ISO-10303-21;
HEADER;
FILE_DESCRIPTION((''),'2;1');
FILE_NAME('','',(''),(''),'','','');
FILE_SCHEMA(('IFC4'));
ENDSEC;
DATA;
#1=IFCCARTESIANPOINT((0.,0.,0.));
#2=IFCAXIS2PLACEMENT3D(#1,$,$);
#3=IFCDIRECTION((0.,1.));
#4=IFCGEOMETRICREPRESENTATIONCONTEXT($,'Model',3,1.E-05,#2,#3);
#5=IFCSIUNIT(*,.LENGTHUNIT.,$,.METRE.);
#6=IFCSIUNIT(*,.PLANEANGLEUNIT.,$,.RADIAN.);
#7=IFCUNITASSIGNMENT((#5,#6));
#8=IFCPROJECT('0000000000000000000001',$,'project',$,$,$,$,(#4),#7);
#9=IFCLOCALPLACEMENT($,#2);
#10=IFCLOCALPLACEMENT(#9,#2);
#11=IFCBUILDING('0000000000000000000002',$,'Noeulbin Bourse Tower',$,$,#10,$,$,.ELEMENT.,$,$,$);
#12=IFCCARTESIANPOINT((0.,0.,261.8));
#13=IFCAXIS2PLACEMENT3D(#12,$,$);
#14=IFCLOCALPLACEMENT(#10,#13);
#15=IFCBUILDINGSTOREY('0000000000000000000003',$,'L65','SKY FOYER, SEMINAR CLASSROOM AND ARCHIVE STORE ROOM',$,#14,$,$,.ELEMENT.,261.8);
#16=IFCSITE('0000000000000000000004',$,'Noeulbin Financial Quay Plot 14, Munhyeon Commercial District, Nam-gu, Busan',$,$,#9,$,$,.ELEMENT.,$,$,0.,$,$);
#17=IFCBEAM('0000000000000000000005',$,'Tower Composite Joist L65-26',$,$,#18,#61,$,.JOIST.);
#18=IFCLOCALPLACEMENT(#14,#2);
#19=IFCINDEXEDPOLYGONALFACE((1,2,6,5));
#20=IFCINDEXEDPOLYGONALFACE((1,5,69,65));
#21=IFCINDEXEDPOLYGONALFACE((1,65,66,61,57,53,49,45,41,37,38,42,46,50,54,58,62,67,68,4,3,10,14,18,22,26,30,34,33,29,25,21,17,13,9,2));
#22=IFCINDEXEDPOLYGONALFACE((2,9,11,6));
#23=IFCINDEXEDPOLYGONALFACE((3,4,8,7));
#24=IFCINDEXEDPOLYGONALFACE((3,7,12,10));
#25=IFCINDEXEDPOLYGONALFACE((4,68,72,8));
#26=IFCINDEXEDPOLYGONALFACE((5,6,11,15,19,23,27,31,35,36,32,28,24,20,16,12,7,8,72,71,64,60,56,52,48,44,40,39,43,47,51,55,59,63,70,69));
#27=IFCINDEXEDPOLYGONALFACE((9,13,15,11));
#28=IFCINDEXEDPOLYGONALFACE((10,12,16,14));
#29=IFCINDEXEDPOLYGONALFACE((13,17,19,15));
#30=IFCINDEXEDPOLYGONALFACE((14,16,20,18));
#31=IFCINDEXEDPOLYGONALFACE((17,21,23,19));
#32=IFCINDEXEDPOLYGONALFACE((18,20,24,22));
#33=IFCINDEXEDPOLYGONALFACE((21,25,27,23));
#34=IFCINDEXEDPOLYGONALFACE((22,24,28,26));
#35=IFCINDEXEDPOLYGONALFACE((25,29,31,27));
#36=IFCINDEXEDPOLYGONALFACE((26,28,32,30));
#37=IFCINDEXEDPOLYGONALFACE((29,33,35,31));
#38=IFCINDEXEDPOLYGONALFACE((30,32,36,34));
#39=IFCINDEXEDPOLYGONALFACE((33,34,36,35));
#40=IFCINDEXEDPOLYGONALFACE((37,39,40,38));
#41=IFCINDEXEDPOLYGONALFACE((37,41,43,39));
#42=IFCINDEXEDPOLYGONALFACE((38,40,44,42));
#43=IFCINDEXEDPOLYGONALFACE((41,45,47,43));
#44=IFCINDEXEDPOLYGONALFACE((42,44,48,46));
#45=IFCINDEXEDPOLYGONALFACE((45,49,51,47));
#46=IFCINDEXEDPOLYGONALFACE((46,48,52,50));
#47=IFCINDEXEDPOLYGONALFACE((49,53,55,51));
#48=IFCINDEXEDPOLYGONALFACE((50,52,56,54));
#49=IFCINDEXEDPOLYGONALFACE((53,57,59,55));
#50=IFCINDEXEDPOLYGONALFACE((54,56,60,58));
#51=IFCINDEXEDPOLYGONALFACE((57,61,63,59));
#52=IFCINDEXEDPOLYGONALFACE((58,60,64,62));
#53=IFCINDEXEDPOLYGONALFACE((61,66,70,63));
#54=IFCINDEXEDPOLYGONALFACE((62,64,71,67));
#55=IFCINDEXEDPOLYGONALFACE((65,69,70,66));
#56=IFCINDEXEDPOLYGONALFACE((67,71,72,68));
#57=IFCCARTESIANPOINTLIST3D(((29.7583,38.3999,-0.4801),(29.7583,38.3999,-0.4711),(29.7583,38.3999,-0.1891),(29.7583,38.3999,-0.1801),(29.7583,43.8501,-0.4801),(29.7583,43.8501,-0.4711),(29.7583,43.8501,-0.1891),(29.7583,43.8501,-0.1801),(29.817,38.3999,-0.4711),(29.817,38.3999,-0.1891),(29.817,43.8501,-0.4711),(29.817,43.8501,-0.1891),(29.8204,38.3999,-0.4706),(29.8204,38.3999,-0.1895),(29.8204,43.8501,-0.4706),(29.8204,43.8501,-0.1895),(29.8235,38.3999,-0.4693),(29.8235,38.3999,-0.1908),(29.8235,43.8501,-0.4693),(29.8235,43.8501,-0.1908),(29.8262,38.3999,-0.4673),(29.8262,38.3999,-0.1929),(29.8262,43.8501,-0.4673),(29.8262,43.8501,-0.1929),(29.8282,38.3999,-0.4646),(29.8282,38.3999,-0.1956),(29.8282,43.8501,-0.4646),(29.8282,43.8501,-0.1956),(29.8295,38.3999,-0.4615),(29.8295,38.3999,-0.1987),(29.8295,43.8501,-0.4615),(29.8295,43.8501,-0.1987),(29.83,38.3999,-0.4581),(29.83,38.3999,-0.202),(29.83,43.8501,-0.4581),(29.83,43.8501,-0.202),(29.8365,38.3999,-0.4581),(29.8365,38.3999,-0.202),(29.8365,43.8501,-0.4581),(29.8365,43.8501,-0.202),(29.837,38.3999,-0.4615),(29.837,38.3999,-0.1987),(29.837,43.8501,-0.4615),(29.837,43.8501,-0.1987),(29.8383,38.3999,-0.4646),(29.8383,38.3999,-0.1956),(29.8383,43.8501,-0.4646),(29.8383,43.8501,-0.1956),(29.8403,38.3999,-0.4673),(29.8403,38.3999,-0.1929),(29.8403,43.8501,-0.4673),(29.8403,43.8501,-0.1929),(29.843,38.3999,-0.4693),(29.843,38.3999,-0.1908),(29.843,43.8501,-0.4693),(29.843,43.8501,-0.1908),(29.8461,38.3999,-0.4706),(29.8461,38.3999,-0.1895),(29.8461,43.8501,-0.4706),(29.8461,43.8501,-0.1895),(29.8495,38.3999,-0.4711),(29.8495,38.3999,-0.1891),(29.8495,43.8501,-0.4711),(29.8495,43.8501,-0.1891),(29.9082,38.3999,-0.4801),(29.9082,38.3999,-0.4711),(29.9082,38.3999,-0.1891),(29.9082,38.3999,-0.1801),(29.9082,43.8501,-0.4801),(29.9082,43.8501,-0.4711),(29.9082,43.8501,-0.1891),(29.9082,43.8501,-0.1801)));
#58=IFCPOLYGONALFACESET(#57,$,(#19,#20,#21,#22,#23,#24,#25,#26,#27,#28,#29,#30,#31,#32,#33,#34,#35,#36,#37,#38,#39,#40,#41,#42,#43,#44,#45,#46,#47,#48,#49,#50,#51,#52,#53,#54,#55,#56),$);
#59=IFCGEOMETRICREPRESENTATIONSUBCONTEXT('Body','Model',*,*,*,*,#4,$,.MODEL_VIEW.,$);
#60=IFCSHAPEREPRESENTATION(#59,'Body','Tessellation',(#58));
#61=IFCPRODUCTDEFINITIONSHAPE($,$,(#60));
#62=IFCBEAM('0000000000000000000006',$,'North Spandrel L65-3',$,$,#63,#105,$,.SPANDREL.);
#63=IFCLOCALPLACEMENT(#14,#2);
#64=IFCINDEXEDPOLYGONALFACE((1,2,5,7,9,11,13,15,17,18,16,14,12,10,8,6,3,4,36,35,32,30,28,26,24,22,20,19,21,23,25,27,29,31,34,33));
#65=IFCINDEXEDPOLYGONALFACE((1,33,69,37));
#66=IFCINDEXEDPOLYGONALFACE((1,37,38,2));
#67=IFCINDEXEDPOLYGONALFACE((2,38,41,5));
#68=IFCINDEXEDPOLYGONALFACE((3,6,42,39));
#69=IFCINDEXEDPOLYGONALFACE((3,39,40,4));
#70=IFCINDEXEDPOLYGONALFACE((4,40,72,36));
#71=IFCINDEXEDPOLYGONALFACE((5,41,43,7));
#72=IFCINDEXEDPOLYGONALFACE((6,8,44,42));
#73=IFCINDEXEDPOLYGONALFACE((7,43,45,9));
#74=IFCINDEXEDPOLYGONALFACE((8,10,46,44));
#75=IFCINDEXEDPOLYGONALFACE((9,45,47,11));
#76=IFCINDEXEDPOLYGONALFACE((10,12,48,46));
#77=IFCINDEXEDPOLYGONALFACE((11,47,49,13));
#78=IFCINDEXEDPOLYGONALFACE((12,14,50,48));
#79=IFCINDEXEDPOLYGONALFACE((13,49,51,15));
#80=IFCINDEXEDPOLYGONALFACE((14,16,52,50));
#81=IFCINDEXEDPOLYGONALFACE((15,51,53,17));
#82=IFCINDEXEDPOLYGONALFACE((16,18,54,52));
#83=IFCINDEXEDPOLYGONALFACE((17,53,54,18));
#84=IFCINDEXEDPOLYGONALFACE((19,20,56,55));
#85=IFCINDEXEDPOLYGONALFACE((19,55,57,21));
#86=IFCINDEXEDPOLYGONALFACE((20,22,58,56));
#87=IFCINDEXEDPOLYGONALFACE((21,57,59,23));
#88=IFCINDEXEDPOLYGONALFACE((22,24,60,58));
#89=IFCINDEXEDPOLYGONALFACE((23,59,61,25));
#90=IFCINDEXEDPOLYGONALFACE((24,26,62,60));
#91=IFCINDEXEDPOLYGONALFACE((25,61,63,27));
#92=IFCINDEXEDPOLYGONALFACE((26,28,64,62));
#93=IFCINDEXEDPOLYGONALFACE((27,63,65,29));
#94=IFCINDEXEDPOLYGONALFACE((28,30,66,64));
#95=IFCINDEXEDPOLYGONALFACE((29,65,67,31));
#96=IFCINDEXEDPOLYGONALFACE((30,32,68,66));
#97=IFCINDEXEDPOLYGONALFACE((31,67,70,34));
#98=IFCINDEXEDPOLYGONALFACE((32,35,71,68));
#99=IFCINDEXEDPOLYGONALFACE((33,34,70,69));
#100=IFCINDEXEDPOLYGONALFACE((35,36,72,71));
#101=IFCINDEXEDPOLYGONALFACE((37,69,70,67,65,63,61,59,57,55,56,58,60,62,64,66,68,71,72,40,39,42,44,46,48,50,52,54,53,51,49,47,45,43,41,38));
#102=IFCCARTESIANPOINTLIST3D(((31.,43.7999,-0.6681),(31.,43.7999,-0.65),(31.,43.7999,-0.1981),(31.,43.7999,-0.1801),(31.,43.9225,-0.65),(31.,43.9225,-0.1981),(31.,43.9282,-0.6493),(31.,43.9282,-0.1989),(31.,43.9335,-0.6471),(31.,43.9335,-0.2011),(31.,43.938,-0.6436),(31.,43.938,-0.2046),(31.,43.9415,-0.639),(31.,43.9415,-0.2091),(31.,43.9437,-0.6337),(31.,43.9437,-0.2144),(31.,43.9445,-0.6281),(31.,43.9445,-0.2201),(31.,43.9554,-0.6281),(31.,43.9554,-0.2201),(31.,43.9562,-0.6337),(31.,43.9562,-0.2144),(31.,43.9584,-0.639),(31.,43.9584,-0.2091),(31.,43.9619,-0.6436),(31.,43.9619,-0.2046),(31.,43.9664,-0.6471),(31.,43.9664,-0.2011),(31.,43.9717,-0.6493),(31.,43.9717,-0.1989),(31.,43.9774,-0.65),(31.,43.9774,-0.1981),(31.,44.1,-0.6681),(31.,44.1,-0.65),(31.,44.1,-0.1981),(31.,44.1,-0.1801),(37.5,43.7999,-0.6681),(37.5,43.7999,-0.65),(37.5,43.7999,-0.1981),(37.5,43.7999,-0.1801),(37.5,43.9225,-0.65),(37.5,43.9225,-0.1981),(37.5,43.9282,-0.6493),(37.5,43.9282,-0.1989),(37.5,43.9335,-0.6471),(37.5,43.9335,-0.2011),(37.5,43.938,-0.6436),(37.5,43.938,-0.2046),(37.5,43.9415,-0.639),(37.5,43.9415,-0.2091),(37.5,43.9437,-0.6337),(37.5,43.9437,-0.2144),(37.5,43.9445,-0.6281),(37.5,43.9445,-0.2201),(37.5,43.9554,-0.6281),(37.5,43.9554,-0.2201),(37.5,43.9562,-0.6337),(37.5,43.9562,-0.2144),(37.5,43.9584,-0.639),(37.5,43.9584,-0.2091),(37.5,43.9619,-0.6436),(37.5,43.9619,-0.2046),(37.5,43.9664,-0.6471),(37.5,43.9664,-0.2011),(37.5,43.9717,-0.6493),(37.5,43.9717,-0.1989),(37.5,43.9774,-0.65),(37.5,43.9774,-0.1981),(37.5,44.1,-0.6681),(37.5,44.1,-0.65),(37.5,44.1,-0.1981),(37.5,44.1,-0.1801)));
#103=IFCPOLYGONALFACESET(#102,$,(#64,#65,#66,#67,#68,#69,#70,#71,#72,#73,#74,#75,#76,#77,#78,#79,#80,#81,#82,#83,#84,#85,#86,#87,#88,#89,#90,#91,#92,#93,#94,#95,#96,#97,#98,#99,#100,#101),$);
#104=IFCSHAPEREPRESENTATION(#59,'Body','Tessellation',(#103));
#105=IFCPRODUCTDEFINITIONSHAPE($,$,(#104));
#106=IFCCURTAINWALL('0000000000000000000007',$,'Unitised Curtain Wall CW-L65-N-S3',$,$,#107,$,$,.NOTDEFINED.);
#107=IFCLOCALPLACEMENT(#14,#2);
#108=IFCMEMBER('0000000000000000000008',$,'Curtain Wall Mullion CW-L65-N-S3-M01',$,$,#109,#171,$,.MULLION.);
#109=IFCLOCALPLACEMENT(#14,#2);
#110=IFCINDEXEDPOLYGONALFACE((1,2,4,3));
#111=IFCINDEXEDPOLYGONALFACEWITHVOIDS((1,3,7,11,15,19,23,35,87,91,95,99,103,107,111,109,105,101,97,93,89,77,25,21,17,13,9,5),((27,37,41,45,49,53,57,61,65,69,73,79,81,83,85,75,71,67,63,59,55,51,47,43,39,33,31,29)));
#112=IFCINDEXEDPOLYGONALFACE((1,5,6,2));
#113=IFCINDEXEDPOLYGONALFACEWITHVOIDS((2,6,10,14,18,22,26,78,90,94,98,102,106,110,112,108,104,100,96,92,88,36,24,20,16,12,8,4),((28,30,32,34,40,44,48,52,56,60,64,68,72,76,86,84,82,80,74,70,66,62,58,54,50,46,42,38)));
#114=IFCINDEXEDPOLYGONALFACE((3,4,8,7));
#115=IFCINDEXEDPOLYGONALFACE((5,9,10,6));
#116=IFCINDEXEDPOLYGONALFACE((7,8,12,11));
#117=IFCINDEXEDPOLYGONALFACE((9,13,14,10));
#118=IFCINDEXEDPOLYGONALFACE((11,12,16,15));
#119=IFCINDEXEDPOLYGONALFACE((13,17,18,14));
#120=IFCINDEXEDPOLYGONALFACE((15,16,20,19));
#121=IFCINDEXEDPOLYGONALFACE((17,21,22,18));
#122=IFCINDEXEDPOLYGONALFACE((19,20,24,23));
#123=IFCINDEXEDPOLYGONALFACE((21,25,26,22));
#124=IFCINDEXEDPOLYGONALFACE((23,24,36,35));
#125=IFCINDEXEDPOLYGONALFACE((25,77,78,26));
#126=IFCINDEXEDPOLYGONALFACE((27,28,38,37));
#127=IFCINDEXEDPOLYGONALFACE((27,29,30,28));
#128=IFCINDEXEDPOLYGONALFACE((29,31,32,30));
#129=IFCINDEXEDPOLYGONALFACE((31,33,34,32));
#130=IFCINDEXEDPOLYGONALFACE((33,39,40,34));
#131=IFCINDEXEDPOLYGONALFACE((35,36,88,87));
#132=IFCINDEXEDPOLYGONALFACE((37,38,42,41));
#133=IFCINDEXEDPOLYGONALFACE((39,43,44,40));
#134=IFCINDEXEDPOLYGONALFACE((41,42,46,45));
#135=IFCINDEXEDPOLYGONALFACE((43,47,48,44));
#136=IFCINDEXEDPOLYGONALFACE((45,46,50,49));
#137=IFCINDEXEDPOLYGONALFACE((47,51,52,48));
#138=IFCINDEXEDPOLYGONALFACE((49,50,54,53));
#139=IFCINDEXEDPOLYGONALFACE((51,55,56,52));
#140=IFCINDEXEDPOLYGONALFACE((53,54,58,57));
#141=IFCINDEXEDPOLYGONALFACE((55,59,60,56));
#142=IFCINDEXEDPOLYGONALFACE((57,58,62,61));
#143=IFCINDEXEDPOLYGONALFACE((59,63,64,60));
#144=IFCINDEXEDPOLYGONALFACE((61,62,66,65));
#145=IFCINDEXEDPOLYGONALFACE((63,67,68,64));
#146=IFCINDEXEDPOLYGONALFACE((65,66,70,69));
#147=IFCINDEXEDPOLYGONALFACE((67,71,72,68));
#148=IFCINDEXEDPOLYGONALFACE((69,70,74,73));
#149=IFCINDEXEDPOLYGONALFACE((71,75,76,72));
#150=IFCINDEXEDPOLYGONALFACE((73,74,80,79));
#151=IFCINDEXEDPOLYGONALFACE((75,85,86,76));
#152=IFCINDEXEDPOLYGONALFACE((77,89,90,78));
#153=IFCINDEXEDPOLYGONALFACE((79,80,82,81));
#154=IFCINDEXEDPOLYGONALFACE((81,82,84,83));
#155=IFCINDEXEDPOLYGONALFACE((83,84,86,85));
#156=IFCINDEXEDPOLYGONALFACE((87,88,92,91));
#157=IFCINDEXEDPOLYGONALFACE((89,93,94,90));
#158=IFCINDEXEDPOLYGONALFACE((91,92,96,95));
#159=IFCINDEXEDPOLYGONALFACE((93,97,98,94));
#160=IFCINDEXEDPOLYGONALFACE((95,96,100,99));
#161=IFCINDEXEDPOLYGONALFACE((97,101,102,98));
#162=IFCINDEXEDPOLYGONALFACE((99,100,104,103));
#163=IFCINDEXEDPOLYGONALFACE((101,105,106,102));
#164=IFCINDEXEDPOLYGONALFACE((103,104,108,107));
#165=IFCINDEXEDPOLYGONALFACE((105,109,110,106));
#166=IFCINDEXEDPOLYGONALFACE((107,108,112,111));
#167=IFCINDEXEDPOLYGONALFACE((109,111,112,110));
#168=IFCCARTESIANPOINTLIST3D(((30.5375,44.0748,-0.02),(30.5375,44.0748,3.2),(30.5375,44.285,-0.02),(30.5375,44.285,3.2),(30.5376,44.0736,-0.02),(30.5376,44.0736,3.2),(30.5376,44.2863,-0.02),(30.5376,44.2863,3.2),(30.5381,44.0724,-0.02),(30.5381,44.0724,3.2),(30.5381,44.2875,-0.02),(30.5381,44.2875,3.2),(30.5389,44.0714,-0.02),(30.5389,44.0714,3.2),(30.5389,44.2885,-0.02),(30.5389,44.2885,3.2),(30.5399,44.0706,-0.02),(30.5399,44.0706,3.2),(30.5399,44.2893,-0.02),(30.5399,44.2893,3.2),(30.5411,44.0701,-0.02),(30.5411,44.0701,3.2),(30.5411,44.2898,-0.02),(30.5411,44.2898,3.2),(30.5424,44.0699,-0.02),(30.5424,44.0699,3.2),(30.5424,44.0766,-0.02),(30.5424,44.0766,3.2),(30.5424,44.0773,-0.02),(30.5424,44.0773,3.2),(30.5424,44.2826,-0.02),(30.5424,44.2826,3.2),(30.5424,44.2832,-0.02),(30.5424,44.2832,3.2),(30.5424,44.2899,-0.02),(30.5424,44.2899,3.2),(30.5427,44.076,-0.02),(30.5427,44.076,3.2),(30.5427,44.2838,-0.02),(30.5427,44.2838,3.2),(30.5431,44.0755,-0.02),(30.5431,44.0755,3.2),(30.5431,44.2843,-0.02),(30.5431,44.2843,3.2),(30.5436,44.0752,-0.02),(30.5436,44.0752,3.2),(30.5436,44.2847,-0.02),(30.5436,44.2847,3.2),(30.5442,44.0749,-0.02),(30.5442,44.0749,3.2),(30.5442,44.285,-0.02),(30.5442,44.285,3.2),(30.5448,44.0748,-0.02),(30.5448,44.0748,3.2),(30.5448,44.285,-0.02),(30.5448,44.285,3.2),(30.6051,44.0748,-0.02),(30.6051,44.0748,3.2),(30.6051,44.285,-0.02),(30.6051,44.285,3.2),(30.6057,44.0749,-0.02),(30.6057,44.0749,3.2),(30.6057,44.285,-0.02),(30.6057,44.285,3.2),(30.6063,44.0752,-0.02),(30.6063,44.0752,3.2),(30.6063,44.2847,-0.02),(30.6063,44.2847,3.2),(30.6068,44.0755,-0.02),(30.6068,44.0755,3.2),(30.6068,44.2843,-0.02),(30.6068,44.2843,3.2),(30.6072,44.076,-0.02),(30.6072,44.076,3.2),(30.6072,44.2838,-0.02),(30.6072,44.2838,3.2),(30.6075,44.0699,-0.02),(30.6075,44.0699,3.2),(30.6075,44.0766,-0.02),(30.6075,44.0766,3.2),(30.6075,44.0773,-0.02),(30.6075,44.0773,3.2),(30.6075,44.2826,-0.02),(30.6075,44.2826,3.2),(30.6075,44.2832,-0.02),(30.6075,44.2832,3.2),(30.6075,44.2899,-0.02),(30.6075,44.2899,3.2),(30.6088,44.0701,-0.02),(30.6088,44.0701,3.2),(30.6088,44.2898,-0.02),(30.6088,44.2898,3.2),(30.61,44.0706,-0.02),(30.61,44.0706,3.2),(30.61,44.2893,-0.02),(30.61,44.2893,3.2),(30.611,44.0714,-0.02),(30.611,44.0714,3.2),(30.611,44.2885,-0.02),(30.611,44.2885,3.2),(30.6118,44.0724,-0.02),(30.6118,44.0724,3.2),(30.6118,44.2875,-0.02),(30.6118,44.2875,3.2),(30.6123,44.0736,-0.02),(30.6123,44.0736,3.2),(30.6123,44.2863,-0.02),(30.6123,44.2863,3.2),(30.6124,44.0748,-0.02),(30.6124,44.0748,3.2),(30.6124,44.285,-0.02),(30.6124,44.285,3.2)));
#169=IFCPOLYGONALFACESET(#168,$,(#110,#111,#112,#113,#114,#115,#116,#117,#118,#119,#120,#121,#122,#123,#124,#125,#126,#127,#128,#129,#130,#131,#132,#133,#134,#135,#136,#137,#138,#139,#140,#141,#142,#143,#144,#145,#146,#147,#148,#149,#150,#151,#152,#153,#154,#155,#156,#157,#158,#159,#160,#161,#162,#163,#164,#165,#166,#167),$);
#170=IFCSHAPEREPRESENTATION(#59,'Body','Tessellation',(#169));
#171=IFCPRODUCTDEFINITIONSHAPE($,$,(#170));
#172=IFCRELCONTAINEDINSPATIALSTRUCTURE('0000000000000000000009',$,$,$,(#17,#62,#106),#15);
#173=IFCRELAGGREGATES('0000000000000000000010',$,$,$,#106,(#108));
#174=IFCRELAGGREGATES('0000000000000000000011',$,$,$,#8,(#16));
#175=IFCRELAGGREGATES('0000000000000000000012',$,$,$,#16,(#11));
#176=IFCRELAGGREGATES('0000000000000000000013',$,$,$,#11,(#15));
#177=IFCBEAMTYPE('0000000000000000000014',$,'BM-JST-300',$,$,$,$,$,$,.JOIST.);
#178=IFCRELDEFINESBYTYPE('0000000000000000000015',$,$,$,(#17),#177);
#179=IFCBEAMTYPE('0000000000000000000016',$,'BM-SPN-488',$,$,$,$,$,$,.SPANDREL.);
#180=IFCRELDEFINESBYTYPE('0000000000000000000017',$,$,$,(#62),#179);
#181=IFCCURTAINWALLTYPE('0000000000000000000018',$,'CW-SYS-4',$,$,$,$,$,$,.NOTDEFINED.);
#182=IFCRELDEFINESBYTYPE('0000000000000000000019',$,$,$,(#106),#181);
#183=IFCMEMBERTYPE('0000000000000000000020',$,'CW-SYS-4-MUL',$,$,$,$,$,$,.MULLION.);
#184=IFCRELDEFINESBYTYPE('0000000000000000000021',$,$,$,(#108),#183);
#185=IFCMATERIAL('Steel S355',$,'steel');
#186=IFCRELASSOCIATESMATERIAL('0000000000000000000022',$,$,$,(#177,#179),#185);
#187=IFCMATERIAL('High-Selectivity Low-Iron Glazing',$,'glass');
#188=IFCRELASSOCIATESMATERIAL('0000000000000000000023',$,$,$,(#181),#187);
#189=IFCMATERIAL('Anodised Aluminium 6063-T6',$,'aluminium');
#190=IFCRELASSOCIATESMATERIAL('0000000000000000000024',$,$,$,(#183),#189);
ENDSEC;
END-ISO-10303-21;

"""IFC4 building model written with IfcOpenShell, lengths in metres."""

from ifc_helpers import new_model, si_unit, direction, frame, origin, origin_2d, place, context, subcontext, project, spatial, hollow_rectangle, i_section, extrude, material, material_profile, profile_set, type_object, element, aggregate, save


model = new_model("IFC4")

# Units and contexts
model_context = context("Model", 3, precision=1e-05, world=origin(), true_north=direction((0.0, 1.0)))
body_context = subcontext(model_context, "Body", "Model", "MODEL_VIEW")
ifc_project = project(units=[si_unit("LENGTHUNIT", "METRE"), si_unit("PLANEANGLEUNIT", "RADIAN")], contexts=[model_context])

# Site, building, storey
site_placement = place(None, origin())
site = spatial("IfcSite", under=ifc_project, at=site_placement, Name="Noeulbin Financial Quay Plot 14, Munhyeon Commercial District, Nam-gu, Busan", CompositionType="ELEMENT", RefElevation=0.0)
building_placement = place(site_placement, origin())
building = spatial("IfcBuilding", under=site, at=building_placement, Name="Noeulbin Bourse Tower", CompositionType="ELEMENT")
storey_placement = place(building_placement, frame((0.0, 0.0, 261.8)))
storey = spatial("IfcBuildingStorey", under=building, at=storey_placement, Name="L65", Description="SKY FOYER, SEMINAR CLASSROOM AND ARCHIVE STORE ROOM", CompositionType="ELEMENT", Elevation=261.8)

# Shared definitions
ifc_material_1 = material(Name="Steel S355", Category="steel")

# Beams
ifc_material_profile_1 = material_profile(ifc_material_1, i_section(OverallWidth=0.1499, OverallDepth=0.3, WebThickness=0.0066, FlangeThickness=0.009, FilletRadius=0.0129, at=origin_2d()), Name="H-300x150x6.5x9", Category="LoadBearing")
ifc_profile_set_1 = profile_set([ifc_material_profile_1], Name="Steel S355")
beam_type_1 = type_object("IfcBeamType", Name="BM-JST-300", PredefinedType="JOIST", material=ifc_profile_set_1)
for number, where, z_axis, x_axis, name in (
    (1, (29.8333, 38.3999, -0.3301), (0.0, 1.0, 0.0), (-1.0, 0.0, 0.0), "Tower Composite Joist L65-26"),
):
    element("IfcBeam", number, at=place(storey_placement, frame(where, z_axis=z_axis, x_axis=x_axis)), inside=storey, type_object=beam_type_1, Name=name, PredefinedType="JOIST", context=body_context, shape_type="SweptSolid", body=[
        extrude(i_section(OverallWidth=0.1499, OverallDepth=0.3, WebThickness=0.0066, FlangeThickness=0.009, FilletRadius=0.0129, at=origin_2d()), origin(), (0.0, 0.0, 1.0), 5.4502),
    ])
ifc_material_profile_2 = material_profile(ifc_material_1, i_section(OverallWidth=0.3, OverallDepth=0.488, WebThickness=0.011, FlangeThickness=0.0181, FilletRadius=0.022, at=origin_2d()), Name="H-488x300x11x18", Category="LoadBearing")
ifc_profile_set_2 = profile_set([ifc_material_profile_2], Name="Steel S355")
beam_type_2 = type_object("IfcBeamType", Name="BM-SPN-488", PredefinedType="SPANDREL", material=ifc_profile_set_2)
beam_1_placement = place(storey_placement, frame((31.0, 43.95, -0.4241), z_axis=(1.0, 0.0, 0.0), x_axis=(0.0, 1.0, 0.0)))
element("IfcBeam", 2, at=beam_1_placement, inside=storey, type_object=beam_type_2, Name="North Spandrel L65-3", PredefinedType="SPANDREL", context=body_context, shape_type="SweptSolid", body=[
    extrude(i_section(OverallWidth=0.3, OverallDepth=0.488, WebThickness=0.011, FlangeThickness=0.0181, FilletRadius=0.022, at=origin_2d()), origin(), (0.0, 0.0, 1.0), 6.5),
])

# Curtain wall, member
ifc_material_2 = material(Name="High-Selectivity Low-Iron Glazing", Category="glass")
curtain_wall_type = type_object("IfcCurtainWallType", Name="CW-SYS-4", PredefinedType="NOTDEFINED", material=ifc_material_2)
curtain_wall_1_placement = place(storey_placement, origin())
curtain_wall_1 = element("IfcCurtainWall", 3, at=curtain_wall_1_placement, inside=storey, type_object=curtain_wall_type, Name="Unitised Curtain Wall CW-L65-N-S3", PredefinedType="NOTDEFINED")
ifc_material_3 = material(Name="Anodised Aluminium 6063-T6", Category="aluminium")
ifc_material_profile_3 = material_profile(ifc_material_3, hollow_rectangle(XDim=0.075, YDim=0.22, WallThickness=0.0049, InnerFilletRadius=0.0024, OuterFilletRadius=0.0049, at=origin_2d()), Name="ALU-MULL-75x220x5", Category="LoadBearing")
ifc_profile_set_3 = profile_set([ifc_material_profile_3], Name="Anodised Aluminium 6063-T6")
member_type_1 = type_object("IfcMemberType", Name="CW-SYS-4-MUL", PredefinedType="MULLION", material=ifc_profile_set_3)
member_1_placement = place(storey_placement, frame((30.575, 44.1799, -0.02), z_axis=(0.0, 0.0, 1.0), x_axis=(1.0, 0.0, 0.0)))
member_1 = element("IfcMember", 4, at=member_1_placement, type_object=member_type_1, Name="Curtain Wall Mullion CW-L65-N-S3-M01", PredefinedType="MULLION", context=body_context, shape_type="SweptSolid", body=[
    extrude(hollow_rectangle(XDim=0.075, YDim=0.22, WallThickness=0.0049, InnerFilletRadius=0.0024, OuterFilletRadius=0.0049, at=origin_2d()), origin(), (0.0, 0.0, 1.0), 3.22),
])

aggregate(curtain_wall_1, [member_1])

save(model, "model.ifc")
